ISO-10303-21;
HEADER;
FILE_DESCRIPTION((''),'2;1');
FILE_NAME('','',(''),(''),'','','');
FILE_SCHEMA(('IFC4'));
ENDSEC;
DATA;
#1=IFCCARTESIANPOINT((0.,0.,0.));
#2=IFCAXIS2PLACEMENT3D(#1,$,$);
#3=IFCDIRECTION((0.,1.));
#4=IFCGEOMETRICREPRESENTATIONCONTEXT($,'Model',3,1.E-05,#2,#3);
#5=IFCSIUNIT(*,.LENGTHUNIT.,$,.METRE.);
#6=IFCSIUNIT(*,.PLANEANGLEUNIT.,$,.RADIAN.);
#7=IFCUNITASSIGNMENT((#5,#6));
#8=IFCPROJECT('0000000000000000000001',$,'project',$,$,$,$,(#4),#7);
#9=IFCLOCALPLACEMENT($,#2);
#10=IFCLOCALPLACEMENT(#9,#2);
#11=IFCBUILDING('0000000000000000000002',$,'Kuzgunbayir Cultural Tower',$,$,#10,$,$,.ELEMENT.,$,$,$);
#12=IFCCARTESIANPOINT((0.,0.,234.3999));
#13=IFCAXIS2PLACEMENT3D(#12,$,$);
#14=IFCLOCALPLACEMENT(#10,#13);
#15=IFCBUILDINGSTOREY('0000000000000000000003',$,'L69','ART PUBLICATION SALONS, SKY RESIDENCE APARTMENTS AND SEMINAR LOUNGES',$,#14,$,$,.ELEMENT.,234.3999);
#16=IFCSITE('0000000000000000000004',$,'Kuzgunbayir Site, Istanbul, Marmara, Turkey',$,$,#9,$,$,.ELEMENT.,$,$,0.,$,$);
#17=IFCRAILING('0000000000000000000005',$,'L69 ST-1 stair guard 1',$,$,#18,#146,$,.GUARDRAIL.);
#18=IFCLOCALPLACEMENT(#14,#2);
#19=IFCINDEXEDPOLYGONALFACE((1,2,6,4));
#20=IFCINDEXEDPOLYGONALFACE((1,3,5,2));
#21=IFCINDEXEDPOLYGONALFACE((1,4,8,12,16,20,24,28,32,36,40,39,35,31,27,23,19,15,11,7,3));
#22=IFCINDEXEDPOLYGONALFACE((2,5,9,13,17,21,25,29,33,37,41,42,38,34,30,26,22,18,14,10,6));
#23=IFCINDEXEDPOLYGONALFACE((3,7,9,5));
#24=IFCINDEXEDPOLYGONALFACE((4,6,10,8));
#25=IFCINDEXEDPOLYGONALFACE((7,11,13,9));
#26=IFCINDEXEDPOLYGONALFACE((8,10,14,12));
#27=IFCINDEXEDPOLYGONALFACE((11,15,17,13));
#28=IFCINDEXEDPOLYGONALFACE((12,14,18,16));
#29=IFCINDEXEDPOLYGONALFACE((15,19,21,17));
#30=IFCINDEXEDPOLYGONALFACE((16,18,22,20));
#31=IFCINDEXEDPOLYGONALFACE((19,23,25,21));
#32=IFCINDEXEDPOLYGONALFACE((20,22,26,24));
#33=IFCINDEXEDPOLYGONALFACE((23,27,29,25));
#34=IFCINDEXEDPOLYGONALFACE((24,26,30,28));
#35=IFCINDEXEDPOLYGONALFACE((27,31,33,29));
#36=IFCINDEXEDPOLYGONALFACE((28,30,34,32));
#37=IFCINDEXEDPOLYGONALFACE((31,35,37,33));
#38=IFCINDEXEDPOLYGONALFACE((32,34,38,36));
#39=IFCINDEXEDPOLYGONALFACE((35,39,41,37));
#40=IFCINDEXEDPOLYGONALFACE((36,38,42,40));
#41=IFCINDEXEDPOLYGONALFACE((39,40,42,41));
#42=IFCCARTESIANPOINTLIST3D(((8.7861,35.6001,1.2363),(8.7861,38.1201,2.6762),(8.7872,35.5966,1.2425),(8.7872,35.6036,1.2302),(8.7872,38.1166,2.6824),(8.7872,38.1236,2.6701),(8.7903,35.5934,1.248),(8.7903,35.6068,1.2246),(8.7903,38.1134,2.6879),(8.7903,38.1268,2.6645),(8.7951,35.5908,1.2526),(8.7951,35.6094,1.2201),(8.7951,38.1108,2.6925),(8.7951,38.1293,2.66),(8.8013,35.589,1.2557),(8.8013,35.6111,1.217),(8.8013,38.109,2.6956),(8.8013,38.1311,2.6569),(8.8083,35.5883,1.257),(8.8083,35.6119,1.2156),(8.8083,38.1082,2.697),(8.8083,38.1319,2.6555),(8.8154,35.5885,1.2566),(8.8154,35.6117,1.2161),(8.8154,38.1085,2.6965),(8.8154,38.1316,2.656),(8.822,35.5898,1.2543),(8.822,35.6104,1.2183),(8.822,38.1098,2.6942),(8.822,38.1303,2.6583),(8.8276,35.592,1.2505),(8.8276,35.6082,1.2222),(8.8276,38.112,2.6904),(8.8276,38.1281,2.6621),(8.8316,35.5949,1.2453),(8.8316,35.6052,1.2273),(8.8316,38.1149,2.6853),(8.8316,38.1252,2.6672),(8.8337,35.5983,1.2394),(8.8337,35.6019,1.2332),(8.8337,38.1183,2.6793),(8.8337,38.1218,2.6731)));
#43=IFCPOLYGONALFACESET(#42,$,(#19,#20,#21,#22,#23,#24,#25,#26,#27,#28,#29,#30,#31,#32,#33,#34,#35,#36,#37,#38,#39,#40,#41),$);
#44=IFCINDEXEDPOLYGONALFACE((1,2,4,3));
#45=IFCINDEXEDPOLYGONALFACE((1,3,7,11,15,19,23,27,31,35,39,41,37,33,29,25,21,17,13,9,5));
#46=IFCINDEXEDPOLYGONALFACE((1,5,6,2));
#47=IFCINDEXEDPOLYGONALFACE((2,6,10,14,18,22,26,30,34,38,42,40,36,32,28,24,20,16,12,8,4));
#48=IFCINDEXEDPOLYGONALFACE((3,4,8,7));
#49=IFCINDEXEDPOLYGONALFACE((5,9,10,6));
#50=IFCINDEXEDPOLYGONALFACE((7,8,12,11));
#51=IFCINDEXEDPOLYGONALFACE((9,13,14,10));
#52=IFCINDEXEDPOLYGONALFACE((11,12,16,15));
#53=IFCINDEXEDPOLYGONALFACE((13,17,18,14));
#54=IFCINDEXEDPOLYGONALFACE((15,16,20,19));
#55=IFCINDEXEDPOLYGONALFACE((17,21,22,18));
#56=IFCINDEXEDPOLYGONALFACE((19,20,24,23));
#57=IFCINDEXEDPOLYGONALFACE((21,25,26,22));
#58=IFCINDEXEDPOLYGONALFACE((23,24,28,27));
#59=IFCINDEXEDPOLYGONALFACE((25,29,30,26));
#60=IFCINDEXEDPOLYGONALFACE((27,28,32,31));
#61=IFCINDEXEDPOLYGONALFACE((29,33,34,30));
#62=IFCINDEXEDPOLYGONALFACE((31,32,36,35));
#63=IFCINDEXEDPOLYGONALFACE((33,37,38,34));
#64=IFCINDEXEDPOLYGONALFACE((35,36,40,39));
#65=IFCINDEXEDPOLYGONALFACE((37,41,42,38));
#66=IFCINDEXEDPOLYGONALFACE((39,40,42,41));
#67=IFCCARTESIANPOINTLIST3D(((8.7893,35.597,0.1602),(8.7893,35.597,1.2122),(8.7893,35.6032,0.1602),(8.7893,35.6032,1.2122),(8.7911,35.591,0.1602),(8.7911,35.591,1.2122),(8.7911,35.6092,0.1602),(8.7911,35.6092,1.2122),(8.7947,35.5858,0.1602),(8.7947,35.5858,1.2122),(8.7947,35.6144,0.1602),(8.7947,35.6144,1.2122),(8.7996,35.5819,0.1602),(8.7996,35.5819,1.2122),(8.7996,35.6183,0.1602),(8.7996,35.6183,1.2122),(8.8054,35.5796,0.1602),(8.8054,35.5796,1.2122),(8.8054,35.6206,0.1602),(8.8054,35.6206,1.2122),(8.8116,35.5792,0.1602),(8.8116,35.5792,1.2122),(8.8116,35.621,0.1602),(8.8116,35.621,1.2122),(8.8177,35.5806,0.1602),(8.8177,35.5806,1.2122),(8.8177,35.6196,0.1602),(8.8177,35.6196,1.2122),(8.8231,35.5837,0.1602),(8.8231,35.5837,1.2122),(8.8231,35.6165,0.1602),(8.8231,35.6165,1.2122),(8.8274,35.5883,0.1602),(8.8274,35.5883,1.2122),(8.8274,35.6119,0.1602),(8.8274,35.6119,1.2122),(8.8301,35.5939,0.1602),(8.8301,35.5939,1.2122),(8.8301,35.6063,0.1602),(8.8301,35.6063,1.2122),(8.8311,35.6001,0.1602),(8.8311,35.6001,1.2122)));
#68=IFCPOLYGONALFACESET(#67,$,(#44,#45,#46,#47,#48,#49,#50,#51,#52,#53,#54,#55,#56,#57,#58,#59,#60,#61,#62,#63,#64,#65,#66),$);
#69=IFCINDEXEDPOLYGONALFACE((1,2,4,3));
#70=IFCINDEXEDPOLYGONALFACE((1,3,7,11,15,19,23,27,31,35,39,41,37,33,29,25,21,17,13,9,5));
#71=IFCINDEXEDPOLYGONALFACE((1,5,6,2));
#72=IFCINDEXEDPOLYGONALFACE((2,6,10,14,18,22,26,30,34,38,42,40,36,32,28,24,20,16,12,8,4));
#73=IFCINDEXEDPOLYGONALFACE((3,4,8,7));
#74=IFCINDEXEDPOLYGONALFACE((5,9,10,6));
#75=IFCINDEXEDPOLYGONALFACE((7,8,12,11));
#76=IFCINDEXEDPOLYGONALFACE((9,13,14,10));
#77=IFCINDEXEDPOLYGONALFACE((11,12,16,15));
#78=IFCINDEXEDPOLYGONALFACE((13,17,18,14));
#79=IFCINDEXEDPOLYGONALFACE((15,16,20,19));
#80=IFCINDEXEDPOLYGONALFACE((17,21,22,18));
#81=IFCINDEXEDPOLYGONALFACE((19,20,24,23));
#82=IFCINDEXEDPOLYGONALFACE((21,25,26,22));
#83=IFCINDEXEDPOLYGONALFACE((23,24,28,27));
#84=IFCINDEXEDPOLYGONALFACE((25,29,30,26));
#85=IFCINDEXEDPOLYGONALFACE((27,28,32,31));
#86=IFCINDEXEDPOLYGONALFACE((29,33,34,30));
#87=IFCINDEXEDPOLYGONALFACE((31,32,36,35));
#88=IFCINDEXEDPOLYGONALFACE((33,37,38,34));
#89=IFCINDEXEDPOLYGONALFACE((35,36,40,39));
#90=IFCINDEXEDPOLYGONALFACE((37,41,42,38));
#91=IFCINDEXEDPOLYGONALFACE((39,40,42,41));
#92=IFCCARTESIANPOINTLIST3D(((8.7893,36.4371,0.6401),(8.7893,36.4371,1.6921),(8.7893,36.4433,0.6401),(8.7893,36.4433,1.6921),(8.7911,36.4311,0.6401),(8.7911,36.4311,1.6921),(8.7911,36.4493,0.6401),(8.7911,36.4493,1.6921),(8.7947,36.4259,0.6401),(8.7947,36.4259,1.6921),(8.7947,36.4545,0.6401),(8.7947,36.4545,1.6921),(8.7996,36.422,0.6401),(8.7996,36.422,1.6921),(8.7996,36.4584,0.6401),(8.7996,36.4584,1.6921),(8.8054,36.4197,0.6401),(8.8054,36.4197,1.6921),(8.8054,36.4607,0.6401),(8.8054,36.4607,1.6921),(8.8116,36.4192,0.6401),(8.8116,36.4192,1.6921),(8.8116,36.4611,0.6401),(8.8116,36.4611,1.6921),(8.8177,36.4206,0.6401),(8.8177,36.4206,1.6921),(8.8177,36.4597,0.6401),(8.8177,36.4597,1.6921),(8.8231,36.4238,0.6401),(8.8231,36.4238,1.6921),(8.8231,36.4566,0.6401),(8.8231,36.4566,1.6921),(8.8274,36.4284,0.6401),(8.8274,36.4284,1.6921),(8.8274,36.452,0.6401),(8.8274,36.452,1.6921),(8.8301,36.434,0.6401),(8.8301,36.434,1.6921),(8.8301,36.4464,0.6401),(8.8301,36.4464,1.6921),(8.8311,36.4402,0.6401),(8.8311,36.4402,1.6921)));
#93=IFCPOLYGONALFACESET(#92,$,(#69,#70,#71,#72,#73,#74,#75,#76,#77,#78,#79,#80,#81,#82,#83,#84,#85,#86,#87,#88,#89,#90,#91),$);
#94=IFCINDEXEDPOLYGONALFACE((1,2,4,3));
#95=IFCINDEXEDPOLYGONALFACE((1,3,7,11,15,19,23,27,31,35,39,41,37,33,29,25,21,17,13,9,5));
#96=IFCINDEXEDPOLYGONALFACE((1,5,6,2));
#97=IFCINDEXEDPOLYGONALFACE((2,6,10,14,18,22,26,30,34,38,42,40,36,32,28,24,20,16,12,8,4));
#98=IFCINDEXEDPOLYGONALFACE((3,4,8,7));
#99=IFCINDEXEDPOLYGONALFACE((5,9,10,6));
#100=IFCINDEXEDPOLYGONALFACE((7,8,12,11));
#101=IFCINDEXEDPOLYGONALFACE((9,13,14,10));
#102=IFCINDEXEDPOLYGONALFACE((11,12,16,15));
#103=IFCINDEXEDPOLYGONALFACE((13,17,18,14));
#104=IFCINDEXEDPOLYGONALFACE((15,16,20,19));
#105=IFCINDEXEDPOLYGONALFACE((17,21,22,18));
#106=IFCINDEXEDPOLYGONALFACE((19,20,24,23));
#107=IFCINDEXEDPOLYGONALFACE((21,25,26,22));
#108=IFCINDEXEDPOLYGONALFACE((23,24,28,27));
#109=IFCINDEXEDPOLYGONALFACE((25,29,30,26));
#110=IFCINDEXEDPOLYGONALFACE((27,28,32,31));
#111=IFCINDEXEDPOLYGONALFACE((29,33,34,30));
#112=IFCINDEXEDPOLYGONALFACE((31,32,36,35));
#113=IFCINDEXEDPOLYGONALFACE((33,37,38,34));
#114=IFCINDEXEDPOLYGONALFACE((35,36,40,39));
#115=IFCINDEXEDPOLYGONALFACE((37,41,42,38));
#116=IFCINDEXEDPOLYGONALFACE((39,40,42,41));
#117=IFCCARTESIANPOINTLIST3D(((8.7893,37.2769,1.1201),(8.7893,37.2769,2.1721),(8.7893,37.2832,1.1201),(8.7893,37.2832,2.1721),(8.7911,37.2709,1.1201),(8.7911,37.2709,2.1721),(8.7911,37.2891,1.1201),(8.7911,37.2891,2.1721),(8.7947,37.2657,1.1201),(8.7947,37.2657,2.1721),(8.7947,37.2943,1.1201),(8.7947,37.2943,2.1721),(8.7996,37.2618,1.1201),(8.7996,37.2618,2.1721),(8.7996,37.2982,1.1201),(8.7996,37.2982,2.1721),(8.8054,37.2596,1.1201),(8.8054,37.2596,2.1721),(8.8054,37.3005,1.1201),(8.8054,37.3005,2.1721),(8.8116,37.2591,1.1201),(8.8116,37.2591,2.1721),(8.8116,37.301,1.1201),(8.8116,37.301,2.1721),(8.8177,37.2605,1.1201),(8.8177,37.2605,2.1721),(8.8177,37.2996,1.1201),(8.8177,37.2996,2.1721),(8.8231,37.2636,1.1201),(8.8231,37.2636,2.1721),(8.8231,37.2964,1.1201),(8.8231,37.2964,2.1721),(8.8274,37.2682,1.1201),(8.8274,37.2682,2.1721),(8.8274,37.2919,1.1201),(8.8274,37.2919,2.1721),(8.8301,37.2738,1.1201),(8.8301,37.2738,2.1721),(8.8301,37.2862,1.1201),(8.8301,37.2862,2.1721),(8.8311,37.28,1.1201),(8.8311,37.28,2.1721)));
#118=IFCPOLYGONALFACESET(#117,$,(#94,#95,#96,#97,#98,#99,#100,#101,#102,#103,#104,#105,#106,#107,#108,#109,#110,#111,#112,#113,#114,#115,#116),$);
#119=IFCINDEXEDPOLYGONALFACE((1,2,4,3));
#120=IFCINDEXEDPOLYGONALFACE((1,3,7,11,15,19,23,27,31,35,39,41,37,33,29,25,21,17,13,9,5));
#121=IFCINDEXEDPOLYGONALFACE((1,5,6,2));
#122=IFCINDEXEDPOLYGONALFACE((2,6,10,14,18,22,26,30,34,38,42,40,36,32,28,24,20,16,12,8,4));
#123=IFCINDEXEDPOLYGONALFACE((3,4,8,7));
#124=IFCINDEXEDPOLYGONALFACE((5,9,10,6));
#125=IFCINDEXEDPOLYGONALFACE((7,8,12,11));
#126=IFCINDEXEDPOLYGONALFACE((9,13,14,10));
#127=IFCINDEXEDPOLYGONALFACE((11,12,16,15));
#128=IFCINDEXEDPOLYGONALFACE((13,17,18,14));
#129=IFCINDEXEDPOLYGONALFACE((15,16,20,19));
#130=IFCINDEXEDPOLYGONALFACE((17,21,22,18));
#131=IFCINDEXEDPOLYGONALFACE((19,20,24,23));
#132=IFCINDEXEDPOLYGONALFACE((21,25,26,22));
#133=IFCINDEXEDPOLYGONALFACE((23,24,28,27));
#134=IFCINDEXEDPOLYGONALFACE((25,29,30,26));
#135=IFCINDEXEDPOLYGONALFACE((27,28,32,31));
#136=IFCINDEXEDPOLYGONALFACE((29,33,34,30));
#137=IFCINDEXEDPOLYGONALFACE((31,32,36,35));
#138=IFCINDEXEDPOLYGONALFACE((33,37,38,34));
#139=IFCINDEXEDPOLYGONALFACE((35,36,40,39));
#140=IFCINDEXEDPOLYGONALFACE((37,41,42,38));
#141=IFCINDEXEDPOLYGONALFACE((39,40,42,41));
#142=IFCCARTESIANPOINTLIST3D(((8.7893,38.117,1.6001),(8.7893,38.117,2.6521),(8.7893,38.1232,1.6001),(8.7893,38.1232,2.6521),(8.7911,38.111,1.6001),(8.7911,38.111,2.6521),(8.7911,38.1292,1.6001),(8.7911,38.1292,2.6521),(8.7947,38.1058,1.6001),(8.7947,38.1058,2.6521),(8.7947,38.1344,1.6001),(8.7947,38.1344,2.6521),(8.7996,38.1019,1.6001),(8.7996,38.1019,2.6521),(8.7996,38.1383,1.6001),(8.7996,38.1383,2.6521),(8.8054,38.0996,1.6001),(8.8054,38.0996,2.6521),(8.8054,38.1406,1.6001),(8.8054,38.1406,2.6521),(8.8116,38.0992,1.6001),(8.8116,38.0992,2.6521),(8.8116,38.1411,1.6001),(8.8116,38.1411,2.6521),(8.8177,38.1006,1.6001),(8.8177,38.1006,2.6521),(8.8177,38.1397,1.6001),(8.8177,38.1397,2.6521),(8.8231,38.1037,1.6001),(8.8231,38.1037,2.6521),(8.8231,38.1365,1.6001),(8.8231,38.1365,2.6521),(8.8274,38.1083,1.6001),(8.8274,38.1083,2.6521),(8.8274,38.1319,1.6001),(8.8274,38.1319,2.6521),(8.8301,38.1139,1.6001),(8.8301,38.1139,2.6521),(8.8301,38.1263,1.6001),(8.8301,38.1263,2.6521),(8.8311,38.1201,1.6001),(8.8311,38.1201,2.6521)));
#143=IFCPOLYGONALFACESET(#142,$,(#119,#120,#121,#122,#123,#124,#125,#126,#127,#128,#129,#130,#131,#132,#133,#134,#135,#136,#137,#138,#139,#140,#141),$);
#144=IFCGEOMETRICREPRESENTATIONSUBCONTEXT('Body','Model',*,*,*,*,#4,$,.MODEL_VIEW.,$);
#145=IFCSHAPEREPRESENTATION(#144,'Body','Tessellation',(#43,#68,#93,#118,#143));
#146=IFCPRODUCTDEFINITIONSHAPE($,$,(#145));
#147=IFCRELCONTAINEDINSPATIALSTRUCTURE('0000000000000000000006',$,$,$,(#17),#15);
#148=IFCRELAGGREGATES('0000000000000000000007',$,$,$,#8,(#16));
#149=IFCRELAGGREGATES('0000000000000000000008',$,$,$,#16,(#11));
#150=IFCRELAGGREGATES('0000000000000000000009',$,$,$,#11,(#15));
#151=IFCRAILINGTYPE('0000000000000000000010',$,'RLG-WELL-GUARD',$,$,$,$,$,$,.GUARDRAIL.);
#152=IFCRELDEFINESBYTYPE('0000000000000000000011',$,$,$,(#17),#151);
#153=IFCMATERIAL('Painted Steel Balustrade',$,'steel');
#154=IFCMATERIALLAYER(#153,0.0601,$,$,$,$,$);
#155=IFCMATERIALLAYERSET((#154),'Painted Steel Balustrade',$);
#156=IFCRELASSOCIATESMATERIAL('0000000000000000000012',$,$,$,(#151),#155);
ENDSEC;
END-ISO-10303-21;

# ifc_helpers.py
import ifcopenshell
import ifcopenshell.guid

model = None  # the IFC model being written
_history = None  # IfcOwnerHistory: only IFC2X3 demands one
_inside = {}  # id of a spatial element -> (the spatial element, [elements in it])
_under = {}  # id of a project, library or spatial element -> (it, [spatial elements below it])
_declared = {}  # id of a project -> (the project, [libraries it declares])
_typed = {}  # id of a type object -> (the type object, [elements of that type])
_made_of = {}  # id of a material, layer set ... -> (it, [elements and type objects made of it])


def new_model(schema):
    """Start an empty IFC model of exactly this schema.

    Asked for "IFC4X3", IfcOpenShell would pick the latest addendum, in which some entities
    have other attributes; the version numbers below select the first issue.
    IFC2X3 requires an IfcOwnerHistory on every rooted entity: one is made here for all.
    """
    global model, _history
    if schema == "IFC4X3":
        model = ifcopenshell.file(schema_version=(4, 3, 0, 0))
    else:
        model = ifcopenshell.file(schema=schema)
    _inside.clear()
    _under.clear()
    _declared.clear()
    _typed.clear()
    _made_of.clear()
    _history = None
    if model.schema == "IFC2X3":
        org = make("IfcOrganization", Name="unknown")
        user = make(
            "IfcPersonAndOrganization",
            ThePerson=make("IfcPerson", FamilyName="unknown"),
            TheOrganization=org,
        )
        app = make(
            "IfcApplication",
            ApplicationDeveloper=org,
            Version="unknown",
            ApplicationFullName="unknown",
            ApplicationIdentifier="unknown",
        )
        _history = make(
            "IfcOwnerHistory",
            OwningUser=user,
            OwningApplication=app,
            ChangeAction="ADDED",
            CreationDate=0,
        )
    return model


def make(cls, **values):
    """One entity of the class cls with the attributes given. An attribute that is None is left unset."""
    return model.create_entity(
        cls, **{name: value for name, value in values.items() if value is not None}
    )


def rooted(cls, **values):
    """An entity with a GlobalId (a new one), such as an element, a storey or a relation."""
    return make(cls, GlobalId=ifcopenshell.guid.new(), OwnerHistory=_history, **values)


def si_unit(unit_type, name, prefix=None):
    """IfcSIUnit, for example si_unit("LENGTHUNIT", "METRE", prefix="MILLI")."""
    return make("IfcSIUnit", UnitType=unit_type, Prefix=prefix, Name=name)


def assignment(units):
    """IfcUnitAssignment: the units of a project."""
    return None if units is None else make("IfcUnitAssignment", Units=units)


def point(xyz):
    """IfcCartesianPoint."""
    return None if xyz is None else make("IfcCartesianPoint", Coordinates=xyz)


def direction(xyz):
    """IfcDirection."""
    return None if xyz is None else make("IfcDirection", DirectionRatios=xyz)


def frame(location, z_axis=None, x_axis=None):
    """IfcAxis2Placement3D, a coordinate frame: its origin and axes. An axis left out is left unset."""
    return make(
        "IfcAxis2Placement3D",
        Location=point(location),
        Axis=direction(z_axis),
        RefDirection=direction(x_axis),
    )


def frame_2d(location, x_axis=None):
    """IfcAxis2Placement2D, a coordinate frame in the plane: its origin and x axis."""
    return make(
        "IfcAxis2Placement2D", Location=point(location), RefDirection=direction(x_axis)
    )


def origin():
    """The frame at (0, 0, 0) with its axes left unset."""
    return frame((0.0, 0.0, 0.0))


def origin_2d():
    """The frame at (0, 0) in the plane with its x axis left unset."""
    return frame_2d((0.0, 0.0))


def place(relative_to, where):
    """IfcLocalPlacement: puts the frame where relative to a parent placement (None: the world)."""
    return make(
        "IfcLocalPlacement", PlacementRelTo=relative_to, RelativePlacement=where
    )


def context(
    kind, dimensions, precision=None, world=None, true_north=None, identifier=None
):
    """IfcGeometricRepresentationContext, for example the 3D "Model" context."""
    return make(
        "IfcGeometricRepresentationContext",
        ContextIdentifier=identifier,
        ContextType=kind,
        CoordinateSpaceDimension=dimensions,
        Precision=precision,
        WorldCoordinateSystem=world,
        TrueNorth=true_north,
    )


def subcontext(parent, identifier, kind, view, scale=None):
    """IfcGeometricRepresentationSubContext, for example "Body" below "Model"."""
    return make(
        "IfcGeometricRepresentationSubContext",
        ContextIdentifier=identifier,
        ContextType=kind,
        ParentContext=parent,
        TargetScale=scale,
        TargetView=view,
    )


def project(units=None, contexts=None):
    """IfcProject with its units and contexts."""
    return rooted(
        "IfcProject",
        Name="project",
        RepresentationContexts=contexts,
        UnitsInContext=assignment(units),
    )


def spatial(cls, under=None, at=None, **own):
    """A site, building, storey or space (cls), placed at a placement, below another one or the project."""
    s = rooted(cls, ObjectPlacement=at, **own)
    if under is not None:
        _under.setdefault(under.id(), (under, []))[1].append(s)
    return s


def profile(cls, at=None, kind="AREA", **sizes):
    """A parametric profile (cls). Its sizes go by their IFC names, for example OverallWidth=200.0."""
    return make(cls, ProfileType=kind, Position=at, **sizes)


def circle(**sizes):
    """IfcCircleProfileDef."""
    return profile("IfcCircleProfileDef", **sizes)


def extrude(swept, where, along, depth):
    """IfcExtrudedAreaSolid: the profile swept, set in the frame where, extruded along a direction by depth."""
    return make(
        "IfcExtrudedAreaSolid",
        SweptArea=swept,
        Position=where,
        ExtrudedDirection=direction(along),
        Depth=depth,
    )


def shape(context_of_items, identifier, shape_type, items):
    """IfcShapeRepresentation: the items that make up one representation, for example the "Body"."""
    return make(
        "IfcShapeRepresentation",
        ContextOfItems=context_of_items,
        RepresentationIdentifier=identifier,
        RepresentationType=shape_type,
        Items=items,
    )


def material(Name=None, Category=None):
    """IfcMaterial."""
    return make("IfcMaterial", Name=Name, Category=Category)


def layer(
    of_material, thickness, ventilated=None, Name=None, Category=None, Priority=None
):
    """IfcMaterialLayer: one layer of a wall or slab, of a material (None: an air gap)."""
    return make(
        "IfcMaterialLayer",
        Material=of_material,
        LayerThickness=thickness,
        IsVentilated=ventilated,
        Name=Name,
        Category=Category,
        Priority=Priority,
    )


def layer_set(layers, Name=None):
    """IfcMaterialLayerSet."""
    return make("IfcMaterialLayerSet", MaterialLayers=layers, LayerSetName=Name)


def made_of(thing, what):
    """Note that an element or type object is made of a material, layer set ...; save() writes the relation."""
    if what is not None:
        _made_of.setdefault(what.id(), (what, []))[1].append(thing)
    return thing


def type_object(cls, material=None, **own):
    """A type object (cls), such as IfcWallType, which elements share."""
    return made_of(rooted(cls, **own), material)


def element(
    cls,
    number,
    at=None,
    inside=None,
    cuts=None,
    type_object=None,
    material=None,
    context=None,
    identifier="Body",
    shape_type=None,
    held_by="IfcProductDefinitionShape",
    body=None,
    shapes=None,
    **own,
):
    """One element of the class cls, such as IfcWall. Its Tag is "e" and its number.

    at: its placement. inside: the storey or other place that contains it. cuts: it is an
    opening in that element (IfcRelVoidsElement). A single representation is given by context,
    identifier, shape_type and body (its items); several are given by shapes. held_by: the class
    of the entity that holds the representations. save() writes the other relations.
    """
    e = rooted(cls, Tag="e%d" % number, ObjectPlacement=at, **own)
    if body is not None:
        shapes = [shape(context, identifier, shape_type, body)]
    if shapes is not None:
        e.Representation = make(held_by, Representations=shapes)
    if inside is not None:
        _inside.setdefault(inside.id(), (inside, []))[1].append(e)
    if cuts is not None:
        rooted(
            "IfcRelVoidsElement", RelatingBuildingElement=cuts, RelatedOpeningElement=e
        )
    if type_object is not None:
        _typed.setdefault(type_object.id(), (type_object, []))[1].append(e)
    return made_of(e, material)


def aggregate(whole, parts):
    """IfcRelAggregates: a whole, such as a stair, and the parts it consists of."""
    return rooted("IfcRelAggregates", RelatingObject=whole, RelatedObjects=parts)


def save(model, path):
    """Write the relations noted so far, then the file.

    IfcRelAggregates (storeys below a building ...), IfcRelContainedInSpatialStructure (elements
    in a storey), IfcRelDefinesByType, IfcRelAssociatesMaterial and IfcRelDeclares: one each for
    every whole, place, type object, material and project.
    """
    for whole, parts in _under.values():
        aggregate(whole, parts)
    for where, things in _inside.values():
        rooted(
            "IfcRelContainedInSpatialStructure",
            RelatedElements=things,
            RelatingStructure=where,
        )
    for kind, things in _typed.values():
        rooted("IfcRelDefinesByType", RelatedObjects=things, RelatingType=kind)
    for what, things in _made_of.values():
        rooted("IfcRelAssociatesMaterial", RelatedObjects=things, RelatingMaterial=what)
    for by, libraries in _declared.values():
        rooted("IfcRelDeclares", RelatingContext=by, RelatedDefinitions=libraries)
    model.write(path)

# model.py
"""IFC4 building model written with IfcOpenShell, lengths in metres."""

from ifc_helpers import new_model, si_unit, direction, frame, origin, origin_2d, place, context, subcontext, project, spatial, circle, extrude, material, layer, layer_set, type_object, element, save


model = new_model("IFC4")

# Units and contexts
model_context = context("Model", 3, precision=1e-05, world=origin(), true_north=direction((0.0, 1.0)))
body_context = subcontext(model_context, "Body", "Model", "MODEL_VIEW")
ifc_project = project(units=[si_unit("LENGTHUNIT", "METRE"), si_unit("PLANEANGLEUNIT", "RADIAN")], contexts=[model_context])

# Site, building, storey
site_placement = place(None, origin())
site = spatial("IfcSite", under=ifc_project, at=site_placement, Name="Kuzgunbayir Site, Istanbul, Marmara, Turkey", CompositionType="ELEMENT", RefElevation=0.0)
building_placement = place(site_placement, origin())
building = spatial("IfcBuilding", under=site, at=building_placement, Name="Kuzgunbayir Cultural Tower", CompositionType="ELEMENT")
storey_placement = place(building_placement, frame((0.0, 0.0, 234.3999)))
storey = spatial("IfcBuildingStorey", under=building, at=storey_placement, Name="L69", Description="ART PUBLICATION SALONS, SKY RESIDENCE APARTMENTS AND SEMINAR LOUNGES", CompositionType="ELEMENT", Elevation=234.3999)

# Railing
ifc_material_1 = material(Name="Painted Steel Balustrade", Category="steel")
ifc_layer_1 = layer(ifc_material_1, 0.0601)
ifc_layer_set_1 = layer_set([ifc_layer_1], Name="Painted Steel Balustrade")
railing_type_1 = type_object("IfcRailingType", Name="RLG-WELL-GUARD", PredefinedType="GUARDRAIL", material=ifc_layer_set_1)
railing_1_placement = place(storey_placement, frame((8.8101, 35.6001, 0.1602)))
element("IfcRailing", 1, at=railing_1_placement, inside=storey, type_object=railing_type_1, Name="L69 ST-1 stair guard 1", PredefinedType="GUARDRAIL", context=body_context, shape_type="SweptSolid", body=[
    extrude(circle(Radius=0.0239, at=origin_2d()), frame((0.0, 0.0, 1.0762), z_axis=(0.0, 0.868253, 0.496121), x_axis=(-1.0, 0.0, 0.0)), (0.0, 0.0, 1.0), 2.9023),
    extrude(circle(Radius=0.021, at=origin_2d()), origin(), (0.0, 0.0, 1.0), 1.052),
    extrude(circle(Radius=0.021, at=origin_2d()), frame((0.0, 0.8401, 0.48)), (0.0, 0.0, 1.0), 1.052),
    extrude(circle(Radius=0.021, at=origin_2d()), frame((0.0, 1.6799, 0.96)), (0.0, 0.0, 1.0), 1.052),
    extrude(circle(Radius=0.021, at=origin_2d()), frame((0.0, 2.52, 1.4399)), (0.0, 0.0, 1.0), 1.052),
])

save(model, "model.ifc")
